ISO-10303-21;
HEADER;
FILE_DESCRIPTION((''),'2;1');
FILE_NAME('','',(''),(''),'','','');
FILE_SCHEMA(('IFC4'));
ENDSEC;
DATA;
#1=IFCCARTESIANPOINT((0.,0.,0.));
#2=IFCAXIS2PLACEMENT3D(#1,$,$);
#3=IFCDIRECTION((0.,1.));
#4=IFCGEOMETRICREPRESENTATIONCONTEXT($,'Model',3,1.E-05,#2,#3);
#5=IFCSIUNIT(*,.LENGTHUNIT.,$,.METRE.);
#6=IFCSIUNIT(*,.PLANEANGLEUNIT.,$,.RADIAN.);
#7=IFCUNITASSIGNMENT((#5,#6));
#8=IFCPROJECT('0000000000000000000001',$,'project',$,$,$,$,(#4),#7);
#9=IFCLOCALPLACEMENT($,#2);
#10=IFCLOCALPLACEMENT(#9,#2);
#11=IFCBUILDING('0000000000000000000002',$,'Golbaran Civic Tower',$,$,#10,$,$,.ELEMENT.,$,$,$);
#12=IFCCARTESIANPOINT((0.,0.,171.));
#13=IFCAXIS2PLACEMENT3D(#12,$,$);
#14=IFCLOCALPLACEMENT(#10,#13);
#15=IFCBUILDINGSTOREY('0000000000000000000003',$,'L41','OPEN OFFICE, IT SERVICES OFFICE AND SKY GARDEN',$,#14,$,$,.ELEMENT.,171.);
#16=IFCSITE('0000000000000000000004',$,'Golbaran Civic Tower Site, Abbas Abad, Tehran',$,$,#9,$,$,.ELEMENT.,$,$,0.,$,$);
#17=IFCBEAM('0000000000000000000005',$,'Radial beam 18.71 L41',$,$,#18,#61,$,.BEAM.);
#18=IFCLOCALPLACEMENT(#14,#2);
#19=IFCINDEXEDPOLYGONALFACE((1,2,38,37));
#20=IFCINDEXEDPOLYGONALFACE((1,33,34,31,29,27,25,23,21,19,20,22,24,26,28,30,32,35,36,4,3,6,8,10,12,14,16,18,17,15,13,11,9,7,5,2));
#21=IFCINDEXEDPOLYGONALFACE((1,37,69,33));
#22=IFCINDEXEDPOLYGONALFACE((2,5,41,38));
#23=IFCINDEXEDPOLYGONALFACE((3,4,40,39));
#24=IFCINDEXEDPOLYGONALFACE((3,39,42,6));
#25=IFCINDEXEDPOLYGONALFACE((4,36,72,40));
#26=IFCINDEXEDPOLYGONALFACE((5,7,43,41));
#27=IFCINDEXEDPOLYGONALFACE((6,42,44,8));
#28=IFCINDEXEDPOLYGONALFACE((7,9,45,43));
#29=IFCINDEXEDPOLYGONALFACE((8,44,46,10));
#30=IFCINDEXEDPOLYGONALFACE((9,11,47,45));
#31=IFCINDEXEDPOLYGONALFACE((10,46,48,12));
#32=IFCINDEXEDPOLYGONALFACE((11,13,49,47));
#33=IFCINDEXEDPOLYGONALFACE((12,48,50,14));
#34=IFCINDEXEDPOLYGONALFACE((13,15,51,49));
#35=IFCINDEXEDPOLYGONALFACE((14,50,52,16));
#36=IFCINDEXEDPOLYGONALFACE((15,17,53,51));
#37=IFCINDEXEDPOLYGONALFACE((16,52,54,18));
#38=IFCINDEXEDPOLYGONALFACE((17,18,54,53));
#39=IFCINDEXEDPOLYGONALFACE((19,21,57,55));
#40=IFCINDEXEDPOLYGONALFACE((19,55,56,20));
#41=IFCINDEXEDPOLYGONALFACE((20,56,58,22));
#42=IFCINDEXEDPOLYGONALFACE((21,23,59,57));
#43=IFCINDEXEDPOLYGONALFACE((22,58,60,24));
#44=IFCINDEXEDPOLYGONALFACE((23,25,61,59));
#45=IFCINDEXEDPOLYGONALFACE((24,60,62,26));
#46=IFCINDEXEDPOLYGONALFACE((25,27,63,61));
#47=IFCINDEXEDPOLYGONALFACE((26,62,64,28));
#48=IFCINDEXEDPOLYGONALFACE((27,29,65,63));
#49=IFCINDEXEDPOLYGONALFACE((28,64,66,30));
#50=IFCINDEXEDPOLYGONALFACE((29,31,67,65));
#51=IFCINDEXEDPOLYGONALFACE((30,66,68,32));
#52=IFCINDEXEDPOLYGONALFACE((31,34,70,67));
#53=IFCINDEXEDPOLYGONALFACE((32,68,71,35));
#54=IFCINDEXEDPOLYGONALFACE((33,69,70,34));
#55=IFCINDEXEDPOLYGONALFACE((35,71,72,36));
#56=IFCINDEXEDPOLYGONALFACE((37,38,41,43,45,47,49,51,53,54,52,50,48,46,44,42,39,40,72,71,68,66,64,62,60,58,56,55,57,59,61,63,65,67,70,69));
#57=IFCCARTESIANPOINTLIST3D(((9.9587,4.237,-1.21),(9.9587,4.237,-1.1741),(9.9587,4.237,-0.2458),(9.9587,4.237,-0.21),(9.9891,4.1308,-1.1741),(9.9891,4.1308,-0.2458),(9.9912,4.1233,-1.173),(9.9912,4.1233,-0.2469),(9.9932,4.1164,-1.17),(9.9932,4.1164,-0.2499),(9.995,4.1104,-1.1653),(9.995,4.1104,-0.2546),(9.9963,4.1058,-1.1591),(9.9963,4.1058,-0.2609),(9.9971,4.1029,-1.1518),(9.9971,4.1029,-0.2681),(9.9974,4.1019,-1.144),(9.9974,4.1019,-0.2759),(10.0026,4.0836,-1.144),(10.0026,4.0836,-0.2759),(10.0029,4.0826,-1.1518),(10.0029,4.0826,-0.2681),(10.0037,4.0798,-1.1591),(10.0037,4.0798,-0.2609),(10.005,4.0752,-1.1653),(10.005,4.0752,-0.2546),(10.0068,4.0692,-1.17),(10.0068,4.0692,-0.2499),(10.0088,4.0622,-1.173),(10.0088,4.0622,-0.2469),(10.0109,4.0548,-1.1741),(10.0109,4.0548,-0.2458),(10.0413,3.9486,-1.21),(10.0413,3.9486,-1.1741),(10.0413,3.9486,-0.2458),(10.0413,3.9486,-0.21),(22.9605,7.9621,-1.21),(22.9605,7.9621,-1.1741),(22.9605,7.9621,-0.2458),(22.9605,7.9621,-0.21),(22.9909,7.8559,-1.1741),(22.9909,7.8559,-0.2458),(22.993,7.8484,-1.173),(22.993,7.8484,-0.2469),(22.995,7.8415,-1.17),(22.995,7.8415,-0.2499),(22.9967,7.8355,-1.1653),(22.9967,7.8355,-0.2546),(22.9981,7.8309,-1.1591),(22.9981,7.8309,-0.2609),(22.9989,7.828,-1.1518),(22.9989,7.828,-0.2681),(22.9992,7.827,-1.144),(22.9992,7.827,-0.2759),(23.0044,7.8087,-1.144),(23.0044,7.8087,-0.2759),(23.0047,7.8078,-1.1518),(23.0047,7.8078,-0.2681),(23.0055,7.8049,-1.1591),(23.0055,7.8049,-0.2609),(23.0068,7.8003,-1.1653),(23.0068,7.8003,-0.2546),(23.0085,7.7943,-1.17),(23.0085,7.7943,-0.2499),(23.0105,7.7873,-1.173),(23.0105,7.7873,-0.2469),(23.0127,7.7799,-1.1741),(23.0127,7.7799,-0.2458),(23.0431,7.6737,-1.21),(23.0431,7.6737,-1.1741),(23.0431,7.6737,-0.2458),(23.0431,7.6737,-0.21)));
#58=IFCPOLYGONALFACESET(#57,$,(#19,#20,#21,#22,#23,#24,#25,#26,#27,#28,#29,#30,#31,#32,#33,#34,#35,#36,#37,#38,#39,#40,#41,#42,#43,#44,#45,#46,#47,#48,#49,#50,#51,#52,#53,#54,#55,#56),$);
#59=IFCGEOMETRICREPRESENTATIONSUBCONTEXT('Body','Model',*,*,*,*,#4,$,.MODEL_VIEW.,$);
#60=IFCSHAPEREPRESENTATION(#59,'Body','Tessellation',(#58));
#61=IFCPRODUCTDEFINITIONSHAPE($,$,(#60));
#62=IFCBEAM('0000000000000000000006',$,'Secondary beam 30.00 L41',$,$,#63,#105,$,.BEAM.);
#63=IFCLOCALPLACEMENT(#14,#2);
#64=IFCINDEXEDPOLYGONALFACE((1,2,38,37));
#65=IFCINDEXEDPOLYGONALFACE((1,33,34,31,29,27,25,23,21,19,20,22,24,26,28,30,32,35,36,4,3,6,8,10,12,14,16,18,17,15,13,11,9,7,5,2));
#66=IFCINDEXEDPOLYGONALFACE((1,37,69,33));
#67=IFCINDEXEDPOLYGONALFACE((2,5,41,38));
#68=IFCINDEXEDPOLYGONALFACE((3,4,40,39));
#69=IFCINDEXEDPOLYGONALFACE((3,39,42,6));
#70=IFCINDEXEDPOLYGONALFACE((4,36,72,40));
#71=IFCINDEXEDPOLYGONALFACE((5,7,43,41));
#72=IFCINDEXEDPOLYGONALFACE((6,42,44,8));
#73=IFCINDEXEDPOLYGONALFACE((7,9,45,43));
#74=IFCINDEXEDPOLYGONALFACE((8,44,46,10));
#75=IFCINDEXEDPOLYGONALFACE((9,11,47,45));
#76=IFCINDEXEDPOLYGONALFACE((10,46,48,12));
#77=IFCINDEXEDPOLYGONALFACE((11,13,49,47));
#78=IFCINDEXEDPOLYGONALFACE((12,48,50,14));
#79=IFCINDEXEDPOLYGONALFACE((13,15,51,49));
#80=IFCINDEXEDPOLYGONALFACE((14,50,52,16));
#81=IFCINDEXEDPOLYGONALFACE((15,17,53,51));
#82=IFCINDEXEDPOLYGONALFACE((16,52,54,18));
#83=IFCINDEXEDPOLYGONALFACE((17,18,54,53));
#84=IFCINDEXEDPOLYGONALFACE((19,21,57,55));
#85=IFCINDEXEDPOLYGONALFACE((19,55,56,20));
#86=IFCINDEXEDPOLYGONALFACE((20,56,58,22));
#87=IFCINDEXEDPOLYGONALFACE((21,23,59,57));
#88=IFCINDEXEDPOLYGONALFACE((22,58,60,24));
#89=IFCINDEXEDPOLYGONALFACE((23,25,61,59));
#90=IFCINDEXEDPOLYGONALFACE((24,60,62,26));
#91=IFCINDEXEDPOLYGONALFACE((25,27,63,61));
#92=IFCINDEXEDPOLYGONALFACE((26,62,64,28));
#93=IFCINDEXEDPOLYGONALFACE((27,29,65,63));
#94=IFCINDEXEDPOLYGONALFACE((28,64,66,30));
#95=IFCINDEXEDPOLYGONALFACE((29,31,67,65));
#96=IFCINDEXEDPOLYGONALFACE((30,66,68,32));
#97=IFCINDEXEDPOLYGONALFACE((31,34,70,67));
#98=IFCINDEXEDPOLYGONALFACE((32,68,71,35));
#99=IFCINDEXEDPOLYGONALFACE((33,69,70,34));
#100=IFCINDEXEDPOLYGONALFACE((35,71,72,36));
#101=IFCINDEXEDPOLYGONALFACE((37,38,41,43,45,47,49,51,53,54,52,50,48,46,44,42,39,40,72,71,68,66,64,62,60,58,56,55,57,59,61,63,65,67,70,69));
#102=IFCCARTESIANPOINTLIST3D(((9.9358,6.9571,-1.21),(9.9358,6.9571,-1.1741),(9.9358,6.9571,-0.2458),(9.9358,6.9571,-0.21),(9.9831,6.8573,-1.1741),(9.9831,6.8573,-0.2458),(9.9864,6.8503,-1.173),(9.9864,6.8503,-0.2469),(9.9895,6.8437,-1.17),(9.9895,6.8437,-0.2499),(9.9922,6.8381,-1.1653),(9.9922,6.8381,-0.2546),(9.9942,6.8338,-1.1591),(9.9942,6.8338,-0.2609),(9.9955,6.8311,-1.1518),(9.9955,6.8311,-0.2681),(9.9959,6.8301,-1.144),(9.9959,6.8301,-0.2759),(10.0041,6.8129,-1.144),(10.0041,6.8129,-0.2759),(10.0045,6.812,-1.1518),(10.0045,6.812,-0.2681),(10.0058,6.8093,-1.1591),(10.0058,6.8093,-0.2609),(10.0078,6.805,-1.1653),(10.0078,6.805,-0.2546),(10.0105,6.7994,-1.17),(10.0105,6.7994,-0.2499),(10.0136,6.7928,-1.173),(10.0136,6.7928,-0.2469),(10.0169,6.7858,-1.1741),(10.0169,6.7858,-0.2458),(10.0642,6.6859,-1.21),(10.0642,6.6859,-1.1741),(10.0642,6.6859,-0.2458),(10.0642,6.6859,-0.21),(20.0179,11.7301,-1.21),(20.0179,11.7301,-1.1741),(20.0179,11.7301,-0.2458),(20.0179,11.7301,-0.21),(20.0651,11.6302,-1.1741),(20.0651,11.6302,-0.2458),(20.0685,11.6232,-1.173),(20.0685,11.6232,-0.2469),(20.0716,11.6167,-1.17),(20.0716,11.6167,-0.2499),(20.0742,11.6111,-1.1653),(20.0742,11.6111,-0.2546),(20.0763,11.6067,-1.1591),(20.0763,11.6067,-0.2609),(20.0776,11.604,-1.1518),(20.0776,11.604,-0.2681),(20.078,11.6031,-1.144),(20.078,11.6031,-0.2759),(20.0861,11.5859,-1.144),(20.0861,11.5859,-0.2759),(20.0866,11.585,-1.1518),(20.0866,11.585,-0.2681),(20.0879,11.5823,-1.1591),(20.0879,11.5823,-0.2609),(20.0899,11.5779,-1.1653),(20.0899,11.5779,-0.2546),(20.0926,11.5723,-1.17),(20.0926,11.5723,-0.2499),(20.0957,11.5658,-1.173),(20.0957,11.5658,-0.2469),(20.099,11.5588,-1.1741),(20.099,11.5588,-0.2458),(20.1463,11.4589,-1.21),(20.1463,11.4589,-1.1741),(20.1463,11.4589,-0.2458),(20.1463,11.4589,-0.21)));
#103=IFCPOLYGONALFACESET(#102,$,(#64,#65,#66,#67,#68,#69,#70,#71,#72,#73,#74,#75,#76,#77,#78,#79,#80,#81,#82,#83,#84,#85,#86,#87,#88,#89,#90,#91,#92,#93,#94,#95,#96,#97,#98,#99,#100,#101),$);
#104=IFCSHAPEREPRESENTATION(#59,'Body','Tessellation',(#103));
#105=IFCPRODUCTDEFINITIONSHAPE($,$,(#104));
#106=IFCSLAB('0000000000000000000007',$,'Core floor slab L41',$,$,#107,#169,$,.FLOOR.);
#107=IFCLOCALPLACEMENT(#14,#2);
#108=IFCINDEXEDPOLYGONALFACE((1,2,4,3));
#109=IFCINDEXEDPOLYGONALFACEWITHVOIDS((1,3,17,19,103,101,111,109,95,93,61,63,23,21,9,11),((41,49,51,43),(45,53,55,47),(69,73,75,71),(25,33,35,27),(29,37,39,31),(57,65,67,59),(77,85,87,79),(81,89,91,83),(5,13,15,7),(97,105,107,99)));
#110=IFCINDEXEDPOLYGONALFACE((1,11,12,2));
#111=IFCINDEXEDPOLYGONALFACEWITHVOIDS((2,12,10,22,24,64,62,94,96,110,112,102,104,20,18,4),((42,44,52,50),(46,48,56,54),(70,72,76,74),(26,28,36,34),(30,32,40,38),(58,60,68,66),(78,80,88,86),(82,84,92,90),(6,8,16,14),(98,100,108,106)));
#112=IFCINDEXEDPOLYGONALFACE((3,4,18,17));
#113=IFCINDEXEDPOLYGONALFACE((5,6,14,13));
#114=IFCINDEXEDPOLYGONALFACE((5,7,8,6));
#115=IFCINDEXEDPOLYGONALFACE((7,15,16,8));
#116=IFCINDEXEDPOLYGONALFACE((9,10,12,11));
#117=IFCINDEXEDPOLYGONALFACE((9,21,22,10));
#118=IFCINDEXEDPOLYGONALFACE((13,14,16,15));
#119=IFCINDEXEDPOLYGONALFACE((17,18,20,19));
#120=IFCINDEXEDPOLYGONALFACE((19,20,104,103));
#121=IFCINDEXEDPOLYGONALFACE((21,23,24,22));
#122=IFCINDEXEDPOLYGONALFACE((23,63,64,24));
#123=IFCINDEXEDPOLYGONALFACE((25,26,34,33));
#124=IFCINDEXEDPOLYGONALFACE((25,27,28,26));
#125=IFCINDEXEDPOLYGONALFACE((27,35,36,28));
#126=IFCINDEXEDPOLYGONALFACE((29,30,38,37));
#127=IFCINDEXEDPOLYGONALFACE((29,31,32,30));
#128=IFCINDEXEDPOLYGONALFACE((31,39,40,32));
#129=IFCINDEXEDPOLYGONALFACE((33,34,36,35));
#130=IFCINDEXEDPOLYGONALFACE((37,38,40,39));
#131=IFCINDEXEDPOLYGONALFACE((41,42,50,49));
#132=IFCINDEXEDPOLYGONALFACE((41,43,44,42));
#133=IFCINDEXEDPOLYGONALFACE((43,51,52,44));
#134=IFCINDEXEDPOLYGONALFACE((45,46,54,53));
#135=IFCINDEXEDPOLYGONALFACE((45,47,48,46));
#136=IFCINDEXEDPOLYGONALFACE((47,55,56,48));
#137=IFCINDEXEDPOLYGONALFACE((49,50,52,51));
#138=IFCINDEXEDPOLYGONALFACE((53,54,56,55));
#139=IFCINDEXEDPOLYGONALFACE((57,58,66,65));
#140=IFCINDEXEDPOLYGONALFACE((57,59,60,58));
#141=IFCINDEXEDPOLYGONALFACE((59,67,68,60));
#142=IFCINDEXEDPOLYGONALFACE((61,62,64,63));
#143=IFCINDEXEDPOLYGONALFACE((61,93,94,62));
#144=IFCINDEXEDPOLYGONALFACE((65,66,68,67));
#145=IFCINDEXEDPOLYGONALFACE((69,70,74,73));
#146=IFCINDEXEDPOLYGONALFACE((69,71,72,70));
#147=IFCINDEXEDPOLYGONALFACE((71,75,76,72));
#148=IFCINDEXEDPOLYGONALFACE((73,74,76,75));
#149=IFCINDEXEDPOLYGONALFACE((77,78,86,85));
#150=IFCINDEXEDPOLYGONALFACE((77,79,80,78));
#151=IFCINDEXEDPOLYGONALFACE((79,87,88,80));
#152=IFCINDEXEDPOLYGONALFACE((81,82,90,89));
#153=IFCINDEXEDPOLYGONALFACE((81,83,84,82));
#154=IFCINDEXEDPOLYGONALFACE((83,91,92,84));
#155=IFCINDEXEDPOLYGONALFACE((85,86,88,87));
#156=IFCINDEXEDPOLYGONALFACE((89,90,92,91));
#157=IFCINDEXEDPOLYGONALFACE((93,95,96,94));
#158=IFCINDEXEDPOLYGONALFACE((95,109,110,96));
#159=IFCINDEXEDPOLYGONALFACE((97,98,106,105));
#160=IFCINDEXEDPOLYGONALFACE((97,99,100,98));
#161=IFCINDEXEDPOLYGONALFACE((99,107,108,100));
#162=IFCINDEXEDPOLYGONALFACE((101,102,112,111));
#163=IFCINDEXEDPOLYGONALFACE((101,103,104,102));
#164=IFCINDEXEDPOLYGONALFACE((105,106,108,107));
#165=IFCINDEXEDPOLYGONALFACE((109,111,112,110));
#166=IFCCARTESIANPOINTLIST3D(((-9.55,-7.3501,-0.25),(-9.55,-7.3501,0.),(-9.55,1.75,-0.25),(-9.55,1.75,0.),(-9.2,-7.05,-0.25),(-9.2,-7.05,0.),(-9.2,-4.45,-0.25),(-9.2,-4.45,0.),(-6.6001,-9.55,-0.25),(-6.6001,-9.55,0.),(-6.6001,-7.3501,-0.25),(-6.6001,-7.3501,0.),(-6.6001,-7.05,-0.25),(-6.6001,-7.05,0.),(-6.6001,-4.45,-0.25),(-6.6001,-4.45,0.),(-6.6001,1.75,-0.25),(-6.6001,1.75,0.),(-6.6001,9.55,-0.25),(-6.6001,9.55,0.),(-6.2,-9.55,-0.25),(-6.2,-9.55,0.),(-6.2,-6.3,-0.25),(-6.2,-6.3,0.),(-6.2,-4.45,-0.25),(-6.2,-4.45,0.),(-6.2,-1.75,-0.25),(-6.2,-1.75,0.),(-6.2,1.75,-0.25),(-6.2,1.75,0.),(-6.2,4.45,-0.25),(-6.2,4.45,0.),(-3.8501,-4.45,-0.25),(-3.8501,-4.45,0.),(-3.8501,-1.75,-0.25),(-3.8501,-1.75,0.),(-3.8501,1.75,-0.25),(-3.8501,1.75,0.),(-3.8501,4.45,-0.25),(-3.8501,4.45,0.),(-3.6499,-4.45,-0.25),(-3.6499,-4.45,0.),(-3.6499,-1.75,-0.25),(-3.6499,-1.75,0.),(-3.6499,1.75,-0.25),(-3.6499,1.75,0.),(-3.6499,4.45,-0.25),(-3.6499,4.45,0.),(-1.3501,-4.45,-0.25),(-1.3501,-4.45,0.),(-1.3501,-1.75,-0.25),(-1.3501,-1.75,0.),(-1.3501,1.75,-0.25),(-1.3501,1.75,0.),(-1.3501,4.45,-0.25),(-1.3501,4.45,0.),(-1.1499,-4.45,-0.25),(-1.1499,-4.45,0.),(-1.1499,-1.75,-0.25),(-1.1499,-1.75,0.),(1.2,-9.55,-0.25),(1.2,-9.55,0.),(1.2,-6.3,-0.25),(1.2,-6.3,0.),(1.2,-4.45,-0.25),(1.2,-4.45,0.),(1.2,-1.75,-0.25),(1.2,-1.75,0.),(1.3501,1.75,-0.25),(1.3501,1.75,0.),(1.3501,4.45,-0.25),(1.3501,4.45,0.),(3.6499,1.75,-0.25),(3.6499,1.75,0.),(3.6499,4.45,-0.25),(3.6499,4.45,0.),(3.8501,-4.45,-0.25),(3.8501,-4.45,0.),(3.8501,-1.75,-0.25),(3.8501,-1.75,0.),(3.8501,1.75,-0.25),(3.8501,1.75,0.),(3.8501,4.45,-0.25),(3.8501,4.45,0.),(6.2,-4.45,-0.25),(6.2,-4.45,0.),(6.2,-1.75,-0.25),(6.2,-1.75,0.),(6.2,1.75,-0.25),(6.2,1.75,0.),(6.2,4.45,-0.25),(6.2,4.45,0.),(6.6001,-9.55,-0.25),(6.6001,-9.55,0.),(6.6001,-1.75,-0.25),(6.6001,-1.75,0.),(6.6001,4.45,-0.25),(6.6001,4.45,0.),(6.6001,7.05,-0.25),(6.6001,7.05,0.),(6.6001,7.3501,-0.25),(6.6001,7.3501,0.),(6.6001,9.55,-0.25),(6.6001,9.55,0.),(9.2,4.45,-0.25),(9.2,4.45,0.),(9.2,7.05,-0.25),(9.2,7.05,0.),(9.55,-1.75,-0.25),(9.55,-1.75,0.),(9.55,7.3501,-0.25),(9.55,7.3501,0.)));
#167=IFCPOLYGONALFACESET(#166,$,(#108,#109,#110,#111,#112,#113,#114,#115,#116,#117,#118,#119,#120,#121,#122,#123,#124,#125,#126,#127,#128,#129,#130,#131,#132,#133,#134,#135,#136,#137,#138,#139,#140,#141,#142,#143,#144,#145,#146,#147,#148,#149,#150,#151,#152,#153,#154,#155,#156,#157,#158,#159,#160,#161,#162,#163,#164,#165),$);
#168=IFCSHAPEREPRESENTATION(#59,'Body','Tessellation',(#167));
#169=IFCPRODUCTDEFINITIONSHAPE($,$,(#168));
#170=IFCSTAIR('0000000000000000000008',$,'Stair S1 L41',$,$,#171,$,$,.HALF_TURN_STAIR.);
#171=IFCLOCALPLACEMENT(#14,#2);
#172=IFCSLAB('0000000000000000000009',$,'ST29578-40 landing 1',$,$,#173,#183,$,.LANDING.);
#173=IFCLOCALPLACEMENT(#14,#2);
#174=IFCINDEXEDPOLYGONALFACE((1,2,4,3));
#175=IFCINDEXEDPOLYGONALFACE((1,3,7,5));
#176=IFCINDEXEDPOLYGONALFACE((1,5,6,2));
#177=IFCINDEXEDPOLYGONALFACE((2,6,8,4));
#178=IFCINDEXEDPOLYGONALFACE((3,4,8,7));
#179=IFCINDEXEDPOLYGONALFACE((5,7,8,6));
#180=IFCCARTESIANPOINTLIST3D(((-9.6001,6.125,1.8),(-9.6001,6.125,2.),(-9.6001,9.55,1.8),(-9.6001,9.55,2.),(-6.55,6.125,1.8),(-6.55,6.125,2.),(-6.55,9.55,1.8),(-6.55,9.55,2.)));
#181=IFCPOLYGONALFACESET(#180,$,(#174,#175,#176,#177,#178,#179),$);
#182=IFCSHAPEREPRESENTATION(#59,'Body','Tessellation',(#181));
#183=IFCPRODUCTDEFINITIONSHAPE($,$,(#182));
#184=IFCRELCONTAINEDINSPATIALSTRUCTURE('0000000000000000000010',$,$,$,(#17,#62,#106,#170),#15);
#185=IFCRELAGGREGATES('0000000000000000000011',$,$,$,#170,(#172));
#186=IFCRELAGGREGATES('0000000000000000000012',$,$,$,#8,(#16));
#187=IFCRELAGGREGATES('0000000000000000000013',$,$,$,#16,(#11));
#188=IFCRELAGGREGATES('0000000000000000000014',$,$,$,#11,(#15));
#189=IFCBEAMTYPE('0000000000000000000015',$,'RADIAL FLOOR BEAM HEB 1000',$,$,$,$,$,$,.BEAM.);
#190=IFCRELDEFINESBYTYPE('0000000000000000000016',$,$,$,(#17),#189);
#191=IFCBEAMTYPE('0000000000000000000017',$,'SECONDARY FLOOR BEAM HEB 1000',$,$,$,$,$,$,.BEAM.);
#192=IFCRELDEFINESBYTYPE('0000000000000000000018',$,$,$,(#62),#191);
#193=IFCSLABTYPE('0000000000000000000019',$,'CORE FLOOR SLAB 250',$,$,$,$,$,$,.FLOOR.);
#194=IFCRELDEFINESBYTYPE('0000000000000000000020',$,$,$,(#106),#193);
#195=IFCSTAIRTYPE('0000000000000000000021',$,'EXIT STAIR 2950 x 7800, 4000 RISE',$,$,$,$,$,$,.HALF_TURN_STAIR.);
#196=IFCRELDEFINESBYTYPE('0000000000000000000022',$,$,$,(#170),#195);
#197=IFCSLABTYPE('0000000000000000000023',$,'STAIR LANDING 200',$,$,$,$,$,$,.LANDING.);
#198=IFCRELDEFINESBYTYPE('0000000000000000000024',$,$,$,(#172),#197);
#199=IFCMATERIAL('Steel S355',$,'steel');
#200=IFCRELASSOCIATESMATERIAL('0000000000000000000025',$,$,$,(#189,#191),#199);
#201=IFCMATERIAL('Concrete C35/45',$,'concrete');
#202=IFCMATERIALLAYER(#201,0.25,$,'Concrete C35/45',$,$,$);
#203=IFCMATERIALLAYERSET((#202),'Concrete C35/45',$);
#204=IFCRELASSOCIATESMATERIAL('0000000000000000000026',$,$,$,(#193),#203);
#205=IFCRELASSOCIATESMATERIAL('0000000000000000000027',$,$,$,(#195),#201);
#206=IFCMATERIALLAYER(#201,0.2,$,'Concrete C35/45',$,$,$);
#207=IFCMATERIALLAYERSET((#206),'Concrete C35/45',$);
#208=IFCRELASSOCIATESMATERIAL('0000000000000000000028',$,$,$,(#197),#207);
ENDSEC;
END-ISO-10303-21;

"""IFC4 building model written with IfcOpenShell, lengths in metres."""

from ifc_helpers import new_model, si_unit, direction, frame, origin, origin_2d, place, context, subcontext, project, spatial, polyline, i_section, outline, extrude, material, layer, layer_set, material_profile, profile_set, type_object, element, aggregate, save


model = new_model("IFC4")

# Units and contexts
model_context = context("Model", 3, precision=1e-05, world=origin(), true_north=direction((0.0, 1.0)))
body_context = subcontext(model_context, "Body", "Model", "MODEL_VIEW")
ifc_project = project(units=[si_unit("LENGTHUNIT", "METRE"), si_unit("PLANEANGLEUNIT", "RADIAN")], contexts=[model_context])

# Site, building, storey
site_placement = place(None, origin())
site = spatial("IfcSite", under=ifc_project, at=site_placement, Name="Golbaran Civic Tower Site, Abbas Abad, Tehran", CompositionType="ELEMENT", RefElevation=0.0)
building_placement = place(site_placement, origin())
building = spatial("IfcBuilding", under=site, at=building_placement, Name="Golbaran Civic Tower", CompositionType="ELEMENT")
storey_placement = place(building_placement, frame((0.0, 0.0, 171.0)))
storey = spatial("IfcBuildingStorey", under=building, at=storey_placement, Name="L41", Description="OPEN OFFICE, IT SERVICES OFFICE AND SKY GARDEN", CompositionType="ELEMENT", Elevation=171.0)

# Beams
ifc_material_1 = material(Name="Steel S355", Category="steel")
ifc_material_profile_1 = material_profile(ifc_material_1, i_section(OverallWidth=0.3, OverallDepth=1.0, WebThickness=0.019, FlangeThickness=0.0359, FilletRadius=0.03, at=origin_2d()), Name="HEB 1000")
ifc_profile_set_1 = profile_set([ifc_material_profile_1], Name="Steel S355")
beam_type_1 = type_object("IfcBeamType", Name="RADIAL FLOOR BEAM HEB 1000", PredefinedType="BEAM", material=ifc_profile_set_1)
beam_1_placement = place(storey_placement, frame((10.0, 4.0928, -0.71), z_axis=(0.961322, 0.275427, 0.0), x_axis=(-0.275427, 0.961322, 0.0)))
element("IfcBeam", 1, at=beam_1_placement, inside=storey, type_object=beam_type_1, Name="Radial beam 18.71 L41", PredefinedType="BEAM", context=body_context, shape_type="SweptSolid", body=[
    extrude(i_section(OverallWidth=0.3, OverallDepth=1.0, WebThickness=0.019, FlangeThickness=0.0359, FilletRadius=0.03, at=origin_2d()), origin(), (0.0, 0.0, 1.0), 13.5249),
])
ifc_material_profile_2 = material_profile(ifc_material_1, i_section(OverallWidth=0.3, OverallDepth=1.0, WebThickness=0.019, FlangeThickness=0.0359, FilletRadius=0.03, at=origin_2d()), Name="HEB 1000")
ifc_profile_set_2 = profile_set([ifc_material_profile_2], Name="Steel S355")
beam_type_2 = type_object("IfcBeamType", Name="SECONDARY FLOOR BEAM HEB 1000", PredefinedType="BEAM", material=ifc_profile_set_2)
beam_2_placement = place(storey_placement, frame((10.0, 6.8215, -0.71), z_axis=(0.903833, 0.427885, 0.0), x_axis=(-0.427885, 0.903833, 0.0)))
element("IfcBeam", 2, at=beam_2_placement, inside=storey, type_object=beam_type_2, Name="Secondary beam 30.00 L41", PredefinedType="BEAM", context=body_context, shape_type="SweptSolid", body=[
    extrude(i_section(OverallWidth=0.3, OverallDepth=1.0, WebThickness=0.019, FlangeThickness=0.0359, FilletRadius=0.03, at=origin_2d()), origin(), (0.0, 0.0, 1.0), 11.1548),
])

# Slab
ifc_material_2 = material(Name="Concrete C35/45", Category="concrete")
ifc_layer_1 = layer(ifc_material_2, 0.25, Name="Concrete C35/45")
ifc_layer_set_1 = layer_set([ifc_layer_1], Name="Concrete C35/45")
slab_type_1 = type_object("IfcSlabType", Name="CORE FLOOR SLAB 250", PredefinedType="FLOOR", material=ifc_layer_set_1)
slab_1_placement = place(storey_placement, frame((0.0, 0.0, -0.25)))
element("IfcSlab", 3, at=slab_1_placement, inside=storey, type_object=slab_type_1, Name="Core floor slab L41", PredefinedType="FLOOR", context=body_context, shape_type="SweptSolid", body=[
    extrude(outline(polyline([(6.6001, -1.75), (6.6001, -9.55), (1.2, -9.55), (1.2, -6.3), (-6.2, -6.3), (-6.2, -9.55), (-6.6001, -9.55), (-6.6001, -7.3501), (-9.55, -7.3501), (-9.55, 1.75), (-6.6001, 1.75), (-6.6001, 9.55), (6.6001, 9.55), (6.6001, 7.3501), (9.55, 7.3501), (9.55, -1.75), (6.6001, -1.75)]), holes=[polyline([(9.2, 7.05), (6.6001, 7.05), (6.6001, 4.45), (9.2, 4.45), (9.2, 7.05)]), polyline([(6.2, -1.75), (3.8501, -1.75), (3.8501, -4.45), (6.2, -4.45), (6.2, -1.75)]), polyline([(6.2, 4.45), (3.8501, 4.45), (3.8501, 1.75), (6.2, 1.75), (6.2, 4.45)]), polyline([(3.6499, 4.45), (1.3501, 4.45), (1.3501, 1.75), (3.6499, 1.75), (3.6499, 4.45)]), polyline([(1.2, -1.75), (-1.1499, -1.75), (-1.1499, -4.45), (1.2, -4.45), (1.2, -1.75)]), polyline([(-1.3501, 4.45), (-3.6499, 4.45), (-3.6499, 1.75), (-1.3501, 1.75), (-1.3501, 4.45)]), polyline([(-1.3501, -1.75), (-3.6499, -1.75), (-3.6499, -4.45), (-1.3501, -4.45), (-1.3501, -1.75)]), polyline([(-3.8501, -1.75), (-6.2, -1.75), (-6.2, -4.45), (-3.8501, -4.45), (-3.8501, -1.75)]), polyline([(-3.8501, 4.45), (-6.2, 4.45), (-6.2, 1.75), (-3.8501, 1.75), (-3.8501, 4.45)]), polyline([(-6.6001, -4.45), (-9.2, -4.45), (-9.2, -7.05), (-6.6001, -7.05), (-6.6001, -4.45)])]), origin(), (0.0, 0.0, 1.0), 0.25),
])

# Stair, slab
stair_type_1 = type_object("IfcStairType", Name="EXIT STAIR 2950 x 7800, 4000 RISE", PredefinedType="HALF_TURN_STAIR", material=ifc_material_2)
stair_1_placement = place(storey_placement, origin())
stair_1 = element("IfcStair", 4, at=stair_1_placement, inside=storey, type_object=stair_type_1, Name="Stair S1 L41", PredefinedType="HALF_TURN_STAIR")
ifc_layer_2 = layer(ifc_material_2, 0.2, Name="Concrete C35/45")
ifc_layer_set_2 = layer_set([ifc_layer_2], Name="Concrete C35/45")
slab_type_2 = type_object("IfcSlabType", Name="STAIR LANDING 200", PredefinedType="LANDING", material=ifc_layer_set_2)
slab_2_placement = place(storey_placement, frame((0.0, 0.0, 1.8)))
slab_2 = element("IfcSlab", 5, at=slab_2_placement, type_object=slab_type_2, Name="ST29578-40 landing 1", PredefinedType="LANDING", context=body_context, shape_type="SweptSolid", body=[
    extrude(outline(polyline([(-9.6001, 6.125), (-9.6001, 9.55), (-6.55, 9.55), (-6.55, 6.125), (-9.6001, 6.125)])), origin(), (0.0, 0.0, 1.0), 0.2),
])
aggregate(stair_1, [slab_2])

save(model, "model.ifc")
